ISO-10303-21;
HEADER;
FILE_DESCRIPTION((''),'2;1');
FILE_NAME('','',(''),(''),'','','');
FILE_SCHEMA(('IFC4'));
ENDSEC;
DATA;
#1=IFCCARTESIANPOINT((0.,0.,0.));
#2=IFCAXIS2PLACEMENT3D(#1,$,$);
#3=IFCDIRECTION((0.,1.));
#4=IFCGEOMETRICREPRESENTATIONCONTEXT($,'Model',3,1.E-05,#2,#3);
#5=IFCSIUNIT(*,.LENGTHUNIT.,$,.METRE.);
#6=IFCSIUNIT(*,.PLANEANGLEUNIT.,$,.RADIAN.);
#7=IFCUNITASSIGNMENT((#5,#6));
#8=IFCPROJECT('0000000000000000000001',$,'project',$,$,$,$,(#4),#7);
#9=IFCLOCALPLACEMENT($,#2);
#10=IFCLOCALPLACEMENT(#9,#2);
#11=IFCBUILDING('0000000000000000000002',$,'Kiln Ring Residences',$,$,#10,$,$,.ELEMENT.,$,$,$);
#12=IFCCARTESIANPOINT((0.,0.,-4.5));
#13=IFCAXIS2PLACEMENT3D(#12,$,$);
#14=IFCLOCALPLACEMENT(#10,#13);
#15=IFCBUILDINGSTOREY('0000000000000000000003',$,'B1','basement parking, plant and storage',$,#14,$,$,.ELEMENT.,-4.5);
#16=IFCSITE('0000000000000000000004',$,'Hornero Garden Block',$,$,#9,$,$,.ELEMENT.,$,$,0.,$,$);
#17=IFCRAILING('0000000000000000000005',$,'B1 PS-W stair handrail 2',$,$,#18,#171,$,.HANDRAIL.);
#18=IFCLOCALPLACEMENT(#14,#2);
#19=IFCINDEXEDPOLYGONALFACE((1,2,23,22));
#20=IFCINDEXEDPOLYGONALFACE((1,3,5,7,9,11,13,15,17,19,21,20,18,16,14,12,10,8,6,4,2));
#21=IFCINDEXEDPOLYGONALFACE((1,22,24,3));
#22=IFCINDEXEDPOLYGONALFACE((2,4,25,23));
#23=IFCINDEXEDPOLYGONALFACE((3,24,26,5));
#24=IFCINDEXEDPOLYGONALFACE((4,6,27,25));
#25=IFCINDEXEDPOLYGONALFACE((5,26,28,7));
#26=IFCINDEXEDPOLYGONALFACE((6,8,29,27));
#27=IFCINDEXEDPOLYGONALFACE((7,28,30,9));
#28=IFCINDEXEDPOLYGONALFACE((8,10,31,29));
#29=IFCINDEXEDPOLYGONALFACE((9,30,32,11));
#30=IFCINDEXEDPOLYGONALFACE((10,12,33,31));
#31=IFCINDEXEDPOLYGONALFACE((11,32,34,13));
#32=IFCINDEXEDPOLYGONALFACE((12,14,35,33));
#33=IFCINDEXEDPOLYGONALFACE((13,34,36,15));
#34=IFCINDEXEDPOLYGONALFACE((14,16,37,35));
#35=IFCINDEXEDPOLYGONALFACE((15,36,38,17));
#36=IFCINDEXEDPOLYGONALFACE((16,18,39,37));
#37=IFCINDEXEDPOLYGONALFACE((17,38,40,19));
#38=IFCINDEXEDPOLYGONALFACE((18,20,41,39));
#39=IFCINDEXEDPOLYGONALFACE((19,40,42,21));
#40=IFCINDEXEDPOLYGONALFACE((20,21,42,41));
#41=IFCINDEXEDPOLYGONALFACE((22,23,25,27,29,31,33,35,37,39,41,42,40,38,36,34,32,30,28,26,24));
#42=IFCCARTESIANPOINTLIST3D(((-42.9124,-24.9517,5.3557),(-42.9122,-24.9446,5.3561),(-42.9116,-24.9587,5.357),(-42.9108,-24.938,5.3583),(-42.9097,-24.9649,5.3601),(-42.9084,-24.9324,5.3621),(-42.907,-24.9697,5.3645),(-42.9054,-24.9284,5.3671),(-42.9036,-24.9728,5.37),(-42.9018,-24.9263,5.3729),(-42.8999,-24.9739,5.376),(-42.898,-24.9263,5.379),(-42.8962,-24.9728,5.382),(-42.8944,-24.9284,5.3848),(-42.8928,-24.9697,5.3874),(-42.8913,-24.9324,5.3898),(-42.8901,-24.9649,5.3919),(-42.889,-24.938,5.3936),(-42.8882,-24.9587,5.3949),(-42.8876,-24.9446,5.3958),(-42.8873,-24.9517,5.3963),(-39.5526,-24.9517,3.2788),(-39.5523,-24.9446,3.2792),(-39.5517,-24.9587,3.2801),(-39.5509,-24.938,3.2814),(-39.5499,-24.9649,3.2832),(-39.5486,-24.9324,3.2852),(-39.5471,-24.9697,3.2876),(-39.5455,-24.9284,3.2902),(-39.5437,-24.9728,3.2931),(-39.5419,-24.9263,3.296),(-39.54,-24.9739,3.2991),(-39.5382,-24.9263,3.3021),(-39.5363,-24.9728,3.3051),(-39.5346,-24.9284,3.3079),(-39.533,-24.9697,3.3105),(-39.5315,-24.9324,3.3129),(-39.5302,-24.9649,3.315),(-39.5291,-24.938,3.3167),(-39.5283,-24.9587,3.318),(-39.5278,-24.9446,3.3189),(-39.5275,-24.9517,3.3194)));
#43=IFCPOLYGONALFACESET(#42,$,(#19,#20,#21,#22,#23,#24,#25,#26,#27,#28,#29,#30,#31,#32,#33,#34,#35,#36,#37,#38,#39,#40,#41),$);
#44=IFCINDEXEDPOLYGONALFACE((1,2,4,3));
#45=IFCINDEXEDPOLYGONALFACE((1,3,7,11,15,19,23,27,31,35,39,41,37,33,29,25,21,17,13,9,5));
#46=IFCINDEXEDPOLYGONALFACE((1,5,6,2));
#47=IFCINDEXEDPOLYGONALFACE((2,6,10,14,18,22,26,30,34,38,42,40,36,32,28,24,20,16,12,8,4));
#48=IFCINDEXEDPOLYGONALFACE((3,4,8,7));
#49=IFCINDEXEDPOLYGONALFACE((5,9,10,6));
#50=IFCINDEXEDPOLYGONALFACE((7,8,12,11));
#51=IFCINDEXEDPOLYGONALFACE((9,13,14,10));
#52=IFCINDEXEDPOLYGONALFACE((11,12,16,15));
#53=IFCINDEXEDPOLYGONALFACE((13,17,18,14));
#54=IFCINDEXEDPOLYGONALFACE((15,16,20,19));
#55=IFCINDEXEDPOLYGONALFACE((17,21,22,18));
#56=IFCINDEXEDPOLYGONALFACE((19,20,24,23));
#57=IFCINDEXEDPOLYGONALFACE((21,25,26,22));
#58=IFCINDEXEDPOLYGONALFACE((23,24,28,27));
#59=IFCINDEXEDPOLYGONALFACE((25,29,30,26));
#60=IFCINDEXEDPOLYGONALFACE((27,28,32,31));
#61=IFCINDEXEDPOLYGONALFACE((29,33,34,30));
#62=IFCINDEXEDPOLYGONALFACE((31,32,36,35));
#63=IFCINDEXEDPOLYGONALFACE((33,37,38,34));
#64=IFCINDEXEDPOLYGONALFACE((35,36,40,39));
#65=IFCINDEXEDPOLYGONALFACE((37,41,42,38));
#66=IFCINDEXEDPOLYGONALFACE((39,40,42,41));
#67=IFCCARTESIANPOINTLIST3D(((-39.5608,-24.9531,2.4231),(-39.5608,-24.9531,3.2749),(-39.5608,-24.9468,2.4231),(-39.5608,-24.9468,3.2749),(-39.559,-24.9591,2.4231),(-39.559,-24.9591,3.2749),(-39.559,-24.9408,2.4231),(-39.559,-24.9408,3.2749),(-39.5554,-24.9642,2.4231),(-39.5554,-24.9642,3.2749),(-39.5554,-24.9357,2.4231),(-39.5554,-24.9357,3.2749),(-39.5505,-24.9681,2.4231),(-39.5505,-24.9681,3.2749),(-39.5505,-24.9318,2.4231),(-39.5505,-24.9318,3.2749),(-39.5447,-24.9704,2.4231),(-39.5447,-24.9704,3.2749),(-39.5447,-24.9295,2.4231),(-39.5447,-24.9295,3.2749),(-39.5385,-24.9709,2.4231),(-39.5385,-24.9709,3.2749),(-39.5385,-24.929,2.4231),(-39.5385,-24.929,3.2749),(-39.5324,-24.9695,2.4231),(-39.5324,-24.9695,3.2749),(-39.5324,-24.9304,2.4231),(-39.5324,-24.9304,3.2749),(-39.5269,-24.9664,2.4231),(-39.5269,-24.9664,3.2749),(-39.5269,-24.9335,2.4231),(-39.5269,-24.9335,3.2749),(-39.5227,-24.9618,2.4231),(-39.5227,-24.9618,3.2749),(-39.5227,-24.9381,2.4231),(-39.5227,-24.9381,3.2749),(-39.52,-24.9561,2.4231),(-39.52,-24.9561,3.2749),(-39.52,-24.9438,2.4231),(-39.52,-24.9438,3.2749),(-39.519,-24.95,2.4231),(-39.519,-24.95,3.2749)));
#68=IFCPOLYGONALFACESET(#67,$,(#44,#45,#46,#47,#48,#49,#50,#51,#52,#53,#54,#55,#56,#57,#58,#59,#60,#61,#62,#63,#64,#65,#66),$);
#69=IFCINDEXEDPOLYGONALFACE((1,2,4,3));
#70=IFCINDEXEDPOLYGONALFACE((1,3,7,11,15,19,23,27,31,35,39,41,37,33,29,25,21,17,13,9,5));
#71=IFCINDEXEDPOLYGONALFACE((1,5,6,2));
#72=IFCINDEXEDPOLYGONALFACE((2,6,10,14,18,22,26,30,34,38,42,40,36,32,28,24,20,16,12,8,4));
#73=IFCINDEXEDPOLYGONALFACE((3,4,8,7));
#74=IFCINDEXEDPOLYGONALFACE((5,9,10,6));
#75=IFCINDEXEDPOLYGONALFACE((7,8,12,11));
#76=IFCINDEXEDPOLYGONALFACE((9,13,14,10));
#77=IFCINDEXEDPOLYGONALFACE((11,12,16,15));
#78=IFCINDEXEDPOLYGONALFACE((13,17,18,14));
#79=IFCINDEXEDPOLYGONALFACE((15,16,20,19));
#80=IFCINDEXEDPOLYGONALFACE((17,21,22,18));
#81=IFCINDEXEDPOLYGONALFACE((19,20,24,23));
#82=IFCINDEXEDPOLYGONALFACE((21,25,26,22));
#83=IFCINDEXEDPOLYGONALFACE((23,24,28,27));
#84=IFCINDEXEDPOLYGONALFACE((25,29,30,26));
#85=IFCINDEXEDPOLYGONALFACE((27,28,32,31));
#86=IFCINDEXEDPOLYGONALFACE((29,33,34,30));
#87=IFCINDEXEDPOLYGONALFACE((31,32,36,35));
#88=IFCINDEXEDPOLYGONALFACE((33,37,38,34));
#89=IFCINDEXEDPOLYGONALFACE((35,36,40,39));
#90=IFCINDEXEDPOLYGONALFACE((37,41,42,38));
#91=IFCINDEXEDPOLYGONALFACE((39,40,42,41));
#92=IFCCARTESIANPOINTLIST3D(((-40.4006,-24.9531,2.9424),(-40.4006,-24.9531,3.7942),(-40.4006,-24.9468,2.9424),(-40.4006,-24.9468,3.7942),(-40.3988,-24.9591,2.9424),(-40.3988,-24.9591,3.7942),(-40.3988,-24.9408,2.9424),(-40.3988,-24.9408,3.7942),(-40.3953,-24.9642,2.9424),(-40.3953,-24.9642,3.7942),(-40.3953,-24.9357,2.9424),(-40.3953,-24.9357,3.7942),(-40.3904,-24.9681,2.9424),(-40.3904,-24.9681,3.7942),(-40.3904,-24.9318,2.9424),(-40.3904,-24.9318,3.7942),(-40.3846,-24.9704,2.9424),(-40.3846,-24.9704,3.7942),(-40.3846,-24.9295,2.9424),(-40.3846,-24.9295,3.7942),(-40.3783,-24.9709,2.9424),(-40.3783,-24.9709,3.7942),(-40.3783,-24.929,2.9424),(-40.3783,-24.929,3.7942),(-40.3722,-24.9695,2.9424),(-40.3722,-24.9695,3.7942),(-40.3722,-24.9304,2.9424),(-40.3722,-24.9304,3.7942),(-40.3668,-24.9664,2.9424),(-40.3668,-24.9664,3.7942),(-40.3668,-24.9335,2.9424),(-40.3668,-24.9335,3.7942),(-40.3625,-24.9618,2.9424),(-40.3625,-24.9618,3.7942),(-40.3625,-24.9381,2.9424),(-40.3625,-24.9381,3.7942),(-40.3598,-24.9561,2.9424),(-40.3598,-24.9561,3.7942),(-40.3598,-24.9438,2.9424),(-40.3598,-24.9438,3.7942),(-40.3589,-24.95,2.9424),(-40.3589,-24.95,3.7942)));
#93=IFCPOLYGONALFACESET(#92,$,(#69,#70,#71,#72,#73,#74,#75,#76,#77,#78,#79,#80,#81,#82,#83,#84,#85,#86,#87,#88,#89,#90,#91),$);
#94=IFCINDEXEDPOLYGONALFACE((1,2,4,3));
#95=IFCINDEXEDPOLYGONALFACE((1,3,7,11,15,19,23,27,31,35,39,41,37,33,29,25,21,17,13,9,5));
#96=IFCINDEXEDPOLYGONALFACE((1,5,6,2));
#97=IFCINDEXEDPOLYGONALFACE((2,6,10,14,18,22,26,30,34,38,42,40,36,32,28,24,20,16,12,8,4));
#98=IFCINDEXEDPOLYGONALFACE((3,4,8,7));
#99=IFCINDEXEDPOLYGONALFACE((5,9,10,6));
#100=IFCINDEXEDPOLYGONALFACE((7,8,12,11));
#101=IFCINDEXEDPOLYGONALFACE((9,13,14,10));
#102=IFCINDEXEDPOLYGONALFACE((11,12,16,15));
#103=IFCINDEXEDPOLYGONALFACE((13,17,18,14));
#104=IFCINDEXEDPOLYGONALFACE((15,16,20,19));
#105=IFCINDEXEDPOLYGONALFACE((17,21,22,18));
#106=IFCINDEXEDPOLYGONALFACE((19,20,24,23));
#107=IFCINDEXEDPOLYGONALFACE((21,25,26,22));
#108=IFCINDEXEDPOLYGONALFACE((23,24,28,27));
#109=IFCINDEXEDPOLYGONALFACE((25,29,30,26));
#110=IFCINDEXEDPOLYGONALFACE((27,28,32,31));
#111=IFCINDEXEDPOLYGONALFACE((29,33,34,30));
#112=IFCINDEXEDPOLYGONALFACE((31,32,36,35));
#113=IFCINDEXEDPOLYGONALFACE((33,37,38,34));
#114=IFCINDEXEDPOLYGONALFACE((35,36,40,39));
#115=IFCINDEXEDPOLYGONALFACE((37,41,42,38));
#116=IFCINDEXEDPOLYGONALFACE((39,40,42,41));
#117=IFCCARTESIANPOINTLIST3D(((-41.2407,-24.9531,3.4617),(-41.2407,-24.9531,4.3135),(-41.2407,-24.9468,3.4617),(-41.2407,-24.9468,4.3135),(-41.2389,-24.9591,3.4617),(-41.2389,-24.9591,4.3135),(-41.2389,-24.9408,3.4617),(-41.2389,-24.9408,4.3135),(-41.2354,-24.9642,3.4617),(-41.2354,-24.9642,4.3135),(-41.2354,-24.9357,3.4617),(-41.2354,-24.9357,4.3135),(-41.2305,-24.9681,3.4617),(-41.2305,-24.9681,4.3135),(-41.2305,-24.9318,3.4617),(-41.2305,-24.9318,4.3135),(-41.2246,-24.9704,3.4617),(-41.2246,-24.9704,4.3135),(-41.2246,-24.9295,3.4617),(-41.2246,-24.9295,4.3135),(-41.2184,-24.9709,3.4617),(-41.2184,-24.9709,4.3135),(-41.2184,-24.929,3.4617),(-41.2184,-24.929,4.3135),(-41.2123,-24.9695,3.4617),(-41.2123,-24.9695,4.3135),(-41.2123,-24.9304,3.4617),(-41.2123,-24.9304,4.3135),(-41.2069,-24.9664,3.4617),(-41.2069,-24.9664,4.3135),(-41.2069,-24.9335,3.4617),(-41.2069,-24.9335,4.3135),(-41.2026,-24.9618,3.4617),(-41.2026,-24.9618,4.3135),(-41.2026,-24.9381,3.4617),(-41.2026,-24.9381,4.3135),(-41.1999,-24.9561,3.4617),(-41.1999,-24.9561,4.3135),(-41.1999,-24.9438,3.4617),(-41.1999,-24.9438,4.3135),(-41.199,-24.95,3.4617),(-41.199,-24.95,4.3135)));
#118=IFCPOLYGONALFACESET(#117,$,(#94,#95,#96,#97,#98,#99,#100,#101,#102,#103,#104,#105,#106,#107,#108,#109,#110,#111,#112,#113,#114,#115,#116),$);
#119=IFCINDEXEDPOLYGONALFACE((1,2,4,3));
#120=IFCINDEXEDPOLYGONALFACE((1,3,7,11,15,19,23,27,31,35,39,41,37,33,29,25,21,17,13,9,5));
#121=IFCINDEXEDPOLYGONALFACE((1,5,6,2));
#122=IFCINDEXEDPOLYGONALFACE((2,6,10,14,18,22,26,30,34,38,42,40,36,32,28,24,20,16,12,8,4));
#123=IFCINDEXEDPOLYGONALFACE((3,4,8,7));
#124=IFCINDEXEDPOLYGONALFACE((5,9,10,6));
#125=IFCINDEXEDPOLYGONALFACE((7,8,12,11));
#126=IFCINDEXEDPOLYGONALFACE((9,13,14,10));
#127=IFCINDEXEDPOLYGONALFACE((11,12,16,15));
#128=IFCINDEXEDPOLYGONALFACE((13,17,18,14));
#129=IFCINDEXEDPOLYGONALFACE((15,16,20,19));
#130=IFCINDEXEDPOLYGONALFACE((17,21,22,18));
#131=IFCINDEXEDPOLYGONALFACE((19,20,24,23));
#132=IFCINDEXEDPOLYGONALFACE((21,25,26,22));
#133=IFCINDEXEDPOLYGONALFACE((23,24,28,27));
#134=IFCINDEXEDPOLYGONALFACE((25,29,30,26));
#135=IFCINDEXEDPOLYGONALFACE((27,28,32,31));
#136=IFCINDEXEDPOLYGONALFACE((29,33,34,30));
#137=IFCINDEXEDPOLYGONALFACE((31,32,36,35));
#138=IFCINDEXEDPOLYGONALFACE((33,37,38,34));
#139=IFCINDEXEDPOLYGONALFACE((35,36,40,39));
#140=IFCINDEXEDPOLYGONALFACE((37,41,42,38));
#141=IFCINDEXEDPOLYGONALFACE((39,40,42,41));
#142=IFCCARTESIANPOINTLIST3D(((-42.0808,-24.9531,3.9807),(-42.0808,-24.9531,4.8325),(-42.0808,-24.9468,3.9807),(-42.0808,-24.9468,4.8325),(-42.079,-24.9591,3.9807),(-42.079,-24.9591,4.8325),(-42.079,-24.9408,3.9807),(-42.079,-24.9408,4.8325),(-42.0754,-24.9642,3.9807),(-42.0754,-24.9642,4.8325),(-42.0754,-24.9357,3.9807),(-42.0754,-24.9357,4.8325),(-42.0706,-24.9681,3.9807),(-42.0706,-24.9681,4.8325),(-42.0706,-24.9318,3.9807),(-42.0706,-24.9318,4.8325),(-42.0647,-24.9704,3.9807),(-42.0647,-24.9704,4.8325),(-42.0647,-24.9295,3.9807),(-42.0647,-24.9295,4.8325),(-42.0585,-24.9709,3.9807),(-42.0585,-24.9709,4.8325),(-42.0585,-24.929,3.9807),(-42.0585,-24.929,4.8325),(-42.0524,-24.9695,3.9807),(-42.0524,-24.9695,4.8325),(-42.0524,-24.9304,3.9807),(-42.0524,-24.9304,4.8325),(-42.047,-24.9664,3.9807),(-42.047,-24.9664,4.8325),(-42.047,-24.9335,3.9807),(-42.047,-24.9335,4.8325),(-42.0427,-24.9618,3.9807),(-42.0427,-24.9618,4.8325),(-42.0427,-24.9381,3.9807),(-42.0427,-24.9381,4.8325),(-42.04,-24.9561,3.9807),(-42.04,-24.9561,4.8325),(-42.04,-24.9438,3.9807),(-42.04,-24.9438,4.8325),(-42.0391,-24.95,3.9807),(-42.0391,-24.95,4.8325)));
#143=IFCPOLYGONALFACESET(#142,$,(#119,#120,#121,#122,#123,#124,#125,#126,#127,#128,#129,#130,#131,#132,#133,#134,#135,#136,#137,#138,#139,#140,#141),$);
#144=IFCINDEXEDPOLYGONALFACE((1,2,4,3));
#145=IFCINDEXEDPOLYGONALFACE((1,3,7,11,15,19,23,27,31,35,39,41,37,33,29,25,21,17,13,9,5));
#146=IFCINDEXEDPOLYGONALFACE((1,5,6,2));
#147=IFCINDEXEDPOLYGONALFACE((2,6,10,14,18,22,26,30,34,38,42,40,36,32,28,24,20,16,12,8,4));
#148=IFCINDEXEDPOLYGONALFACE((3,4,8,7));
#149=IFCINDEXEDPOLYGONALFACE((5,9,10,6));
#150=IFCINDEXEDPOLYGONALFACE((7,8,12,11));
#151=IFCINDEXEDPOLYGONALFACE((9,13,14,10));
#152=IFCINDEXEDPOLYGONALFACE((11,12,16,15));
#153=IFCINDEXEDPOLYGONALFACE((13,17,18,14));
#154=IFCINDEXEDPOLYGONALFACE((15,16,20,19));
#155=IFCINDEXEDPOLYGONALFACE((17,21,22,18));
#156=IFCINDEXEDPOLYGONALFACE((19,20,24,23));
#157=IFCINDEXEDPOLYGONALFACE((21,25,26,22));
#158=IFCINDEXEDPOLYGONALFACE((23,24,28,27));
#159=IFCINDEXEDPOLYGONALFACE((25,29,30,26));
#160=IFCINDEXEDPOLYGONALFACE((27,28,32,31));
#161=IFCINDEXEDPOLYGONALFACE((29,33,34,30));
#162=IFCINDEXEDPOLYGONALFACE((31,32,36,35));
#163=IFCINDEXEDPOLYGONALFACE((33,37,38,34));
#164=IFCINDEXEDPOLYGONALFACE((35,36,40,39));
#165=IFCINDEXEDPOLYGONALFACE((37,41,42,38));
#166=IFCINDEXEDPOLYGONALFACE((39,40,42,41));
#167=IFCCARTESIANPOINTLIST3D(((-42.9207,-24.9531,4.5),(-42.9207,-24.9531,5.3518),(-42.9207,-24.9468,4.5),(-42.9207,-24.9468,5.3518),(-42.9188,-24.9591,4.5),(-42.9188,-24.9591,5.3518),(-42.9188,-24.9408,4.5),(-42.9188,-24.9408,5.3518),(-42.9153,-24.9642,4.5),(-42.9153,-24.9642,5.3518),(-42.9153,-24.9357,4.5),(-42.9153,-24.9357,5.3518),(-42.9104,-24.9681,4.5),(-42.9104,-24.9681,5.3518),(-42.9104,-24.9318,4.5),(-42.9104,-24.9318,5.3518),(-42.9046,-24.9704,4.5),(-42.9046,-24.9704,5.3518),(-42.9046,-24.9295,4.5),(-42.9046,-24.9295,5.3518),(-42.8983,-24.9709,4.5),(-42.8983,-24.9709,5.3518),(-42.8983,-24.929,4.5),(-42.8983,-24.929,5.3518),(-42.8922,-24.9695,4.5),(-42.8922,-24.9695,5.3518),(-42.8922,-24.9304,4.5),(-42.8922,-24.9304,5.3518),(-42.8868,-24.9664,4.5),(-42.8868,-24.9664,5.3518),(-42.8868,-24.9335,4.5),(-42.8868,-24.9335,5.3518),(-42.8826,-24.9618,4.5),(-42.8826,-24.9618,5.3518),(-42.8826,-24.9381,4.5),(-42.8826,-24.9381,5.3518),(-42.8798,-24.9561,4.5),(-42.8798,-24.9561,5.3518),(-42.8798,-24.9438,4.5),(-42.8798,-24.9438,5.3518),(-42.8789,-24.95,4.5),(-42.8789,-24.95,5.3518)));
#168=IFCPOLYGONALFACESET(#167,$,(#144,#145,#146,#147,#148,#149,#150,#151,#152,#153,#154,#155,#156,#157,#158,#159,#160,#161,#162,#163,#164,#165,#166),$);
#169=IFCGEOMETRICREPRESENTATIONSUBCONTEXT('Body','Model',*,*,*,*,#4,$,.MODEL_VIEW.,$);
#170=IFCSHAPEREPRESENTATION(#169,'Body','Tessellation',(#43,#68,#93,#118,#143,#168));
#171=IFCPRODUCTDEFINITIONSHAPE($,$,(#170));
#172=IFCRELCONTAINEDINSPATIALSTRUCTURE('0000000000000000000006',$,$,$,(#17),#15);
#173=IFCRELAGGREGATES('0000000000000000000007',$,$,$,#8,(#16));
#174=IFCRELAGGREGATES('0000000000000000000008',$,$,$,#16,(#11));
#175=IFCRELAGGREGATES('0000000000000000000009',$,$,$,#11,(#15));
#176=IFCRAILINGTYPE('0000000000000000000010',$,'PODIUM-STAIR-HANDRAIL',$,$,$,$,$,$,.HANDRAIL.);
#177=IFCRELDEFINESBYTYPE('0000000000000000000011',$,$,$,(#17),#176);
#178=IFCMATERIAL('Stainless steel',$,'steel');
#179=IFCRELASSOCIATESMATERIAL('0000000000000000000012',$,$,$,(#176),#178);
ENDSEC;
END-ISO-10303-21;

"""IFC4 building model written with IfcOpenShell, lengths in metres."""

from ifc_helpers import new_model, si_unit, direction, frame, origin, origin_2d, place, context, subcontext, project, spatial, circle, extrude, material, type_object, element, save


model = new_model("IFC4")

# Units and contexts
model_context = context("Model", 3, precision=1e-05, world=origin(), true_north=direction((0.0, 1.0)))
body_context = subcontext(model_context, "Body", "Model", "MODEL_VIEW")
ifc_project = project(units=[si_unit("LENGTHUNIT", "METRE"), si_unit("PLANEANGLEUNIT", "RADIAN")], contexts=[model_context])

# Site, building, storey
site_placement = place(None, origin())
site = spatial("IfcSite", under=ifc_project, at=site_placement, Name="Hornero Garden Block", CompositionType="ELEMENT", RefElevation=0.0)
building_placement = place(site_placement, origin())
building = spatial("IfcBuilding", under=site, at=building_placement, Name="Kiln Ring Residences", CompositionType="ELEMENT")
storey_placement = place(building_placement, frame((0.0, 0.0, -4.5)))
storey = spatial("IfcBuildingStorey", under=building, at=storey_placement, Name="B1", Description="basement parking, plant and storage", CompositionType="ELEMENT", Elevation=-4.5)

# Railing
ifc_material_1 = material(Name="Stainless steel", Category="steel")
railing_type_1 = type_object("IfcRailingType", Name="PODIUM-STAIR-HANDRAIL", PredefinedType="HANDRAIL", material=ifc_material_1)
railing_1_placement = place(storey_placement, frame((-39.54, -24.95, 2.4231)))
element("IfcRailing", 1, at=railing_1_placement, inside=storey, type_object=railing_type_1, Name="B1 PS-W stair handrail 2", PredefinedType="HANDRAIL", context=body_context, shape_type="SweptSolid", body=[
    extrude(circle(Radius=0.0239, at=origin_2d()), frame((0.0, 0.0, 0.876), z_axis=(-0.850606, 0.0, 0.525803), x_axis=(0.0, -1.0, 0.0)), (0.0, 0.0, 1.0), 3.95),
    extrude(circle(Radius=0.021, at=origin_2d()), origin(), (0.0, 0.0, 1.0), 0.8518),
    extrude(circle(Radius=0.021, at=origin_2d()), frame((-0.8398, 0.0, 0.5193)), (0.0, 0.0, 1.0), 0.8518),
    extrude(circle(Radius=0.021, at=origin_2d()), frame((-1.6799, 0.0, 1.0386)), (0.0, 0.0, 1.0), 0.8518),
    extrude(circle(Radius=0.021, at=origin_2d()), frame((-2.52, 0.0, 1.5576)), (0.0, 0.0, 1.0), 0.8518),
    extrude(circle(Radius=0.021, at=origin_2d()), frame((-3.3599, 0.0, 2.0769)), (0.0, 0.0, 1.0), 0.8518),
])

save(model, "model.ifc")
